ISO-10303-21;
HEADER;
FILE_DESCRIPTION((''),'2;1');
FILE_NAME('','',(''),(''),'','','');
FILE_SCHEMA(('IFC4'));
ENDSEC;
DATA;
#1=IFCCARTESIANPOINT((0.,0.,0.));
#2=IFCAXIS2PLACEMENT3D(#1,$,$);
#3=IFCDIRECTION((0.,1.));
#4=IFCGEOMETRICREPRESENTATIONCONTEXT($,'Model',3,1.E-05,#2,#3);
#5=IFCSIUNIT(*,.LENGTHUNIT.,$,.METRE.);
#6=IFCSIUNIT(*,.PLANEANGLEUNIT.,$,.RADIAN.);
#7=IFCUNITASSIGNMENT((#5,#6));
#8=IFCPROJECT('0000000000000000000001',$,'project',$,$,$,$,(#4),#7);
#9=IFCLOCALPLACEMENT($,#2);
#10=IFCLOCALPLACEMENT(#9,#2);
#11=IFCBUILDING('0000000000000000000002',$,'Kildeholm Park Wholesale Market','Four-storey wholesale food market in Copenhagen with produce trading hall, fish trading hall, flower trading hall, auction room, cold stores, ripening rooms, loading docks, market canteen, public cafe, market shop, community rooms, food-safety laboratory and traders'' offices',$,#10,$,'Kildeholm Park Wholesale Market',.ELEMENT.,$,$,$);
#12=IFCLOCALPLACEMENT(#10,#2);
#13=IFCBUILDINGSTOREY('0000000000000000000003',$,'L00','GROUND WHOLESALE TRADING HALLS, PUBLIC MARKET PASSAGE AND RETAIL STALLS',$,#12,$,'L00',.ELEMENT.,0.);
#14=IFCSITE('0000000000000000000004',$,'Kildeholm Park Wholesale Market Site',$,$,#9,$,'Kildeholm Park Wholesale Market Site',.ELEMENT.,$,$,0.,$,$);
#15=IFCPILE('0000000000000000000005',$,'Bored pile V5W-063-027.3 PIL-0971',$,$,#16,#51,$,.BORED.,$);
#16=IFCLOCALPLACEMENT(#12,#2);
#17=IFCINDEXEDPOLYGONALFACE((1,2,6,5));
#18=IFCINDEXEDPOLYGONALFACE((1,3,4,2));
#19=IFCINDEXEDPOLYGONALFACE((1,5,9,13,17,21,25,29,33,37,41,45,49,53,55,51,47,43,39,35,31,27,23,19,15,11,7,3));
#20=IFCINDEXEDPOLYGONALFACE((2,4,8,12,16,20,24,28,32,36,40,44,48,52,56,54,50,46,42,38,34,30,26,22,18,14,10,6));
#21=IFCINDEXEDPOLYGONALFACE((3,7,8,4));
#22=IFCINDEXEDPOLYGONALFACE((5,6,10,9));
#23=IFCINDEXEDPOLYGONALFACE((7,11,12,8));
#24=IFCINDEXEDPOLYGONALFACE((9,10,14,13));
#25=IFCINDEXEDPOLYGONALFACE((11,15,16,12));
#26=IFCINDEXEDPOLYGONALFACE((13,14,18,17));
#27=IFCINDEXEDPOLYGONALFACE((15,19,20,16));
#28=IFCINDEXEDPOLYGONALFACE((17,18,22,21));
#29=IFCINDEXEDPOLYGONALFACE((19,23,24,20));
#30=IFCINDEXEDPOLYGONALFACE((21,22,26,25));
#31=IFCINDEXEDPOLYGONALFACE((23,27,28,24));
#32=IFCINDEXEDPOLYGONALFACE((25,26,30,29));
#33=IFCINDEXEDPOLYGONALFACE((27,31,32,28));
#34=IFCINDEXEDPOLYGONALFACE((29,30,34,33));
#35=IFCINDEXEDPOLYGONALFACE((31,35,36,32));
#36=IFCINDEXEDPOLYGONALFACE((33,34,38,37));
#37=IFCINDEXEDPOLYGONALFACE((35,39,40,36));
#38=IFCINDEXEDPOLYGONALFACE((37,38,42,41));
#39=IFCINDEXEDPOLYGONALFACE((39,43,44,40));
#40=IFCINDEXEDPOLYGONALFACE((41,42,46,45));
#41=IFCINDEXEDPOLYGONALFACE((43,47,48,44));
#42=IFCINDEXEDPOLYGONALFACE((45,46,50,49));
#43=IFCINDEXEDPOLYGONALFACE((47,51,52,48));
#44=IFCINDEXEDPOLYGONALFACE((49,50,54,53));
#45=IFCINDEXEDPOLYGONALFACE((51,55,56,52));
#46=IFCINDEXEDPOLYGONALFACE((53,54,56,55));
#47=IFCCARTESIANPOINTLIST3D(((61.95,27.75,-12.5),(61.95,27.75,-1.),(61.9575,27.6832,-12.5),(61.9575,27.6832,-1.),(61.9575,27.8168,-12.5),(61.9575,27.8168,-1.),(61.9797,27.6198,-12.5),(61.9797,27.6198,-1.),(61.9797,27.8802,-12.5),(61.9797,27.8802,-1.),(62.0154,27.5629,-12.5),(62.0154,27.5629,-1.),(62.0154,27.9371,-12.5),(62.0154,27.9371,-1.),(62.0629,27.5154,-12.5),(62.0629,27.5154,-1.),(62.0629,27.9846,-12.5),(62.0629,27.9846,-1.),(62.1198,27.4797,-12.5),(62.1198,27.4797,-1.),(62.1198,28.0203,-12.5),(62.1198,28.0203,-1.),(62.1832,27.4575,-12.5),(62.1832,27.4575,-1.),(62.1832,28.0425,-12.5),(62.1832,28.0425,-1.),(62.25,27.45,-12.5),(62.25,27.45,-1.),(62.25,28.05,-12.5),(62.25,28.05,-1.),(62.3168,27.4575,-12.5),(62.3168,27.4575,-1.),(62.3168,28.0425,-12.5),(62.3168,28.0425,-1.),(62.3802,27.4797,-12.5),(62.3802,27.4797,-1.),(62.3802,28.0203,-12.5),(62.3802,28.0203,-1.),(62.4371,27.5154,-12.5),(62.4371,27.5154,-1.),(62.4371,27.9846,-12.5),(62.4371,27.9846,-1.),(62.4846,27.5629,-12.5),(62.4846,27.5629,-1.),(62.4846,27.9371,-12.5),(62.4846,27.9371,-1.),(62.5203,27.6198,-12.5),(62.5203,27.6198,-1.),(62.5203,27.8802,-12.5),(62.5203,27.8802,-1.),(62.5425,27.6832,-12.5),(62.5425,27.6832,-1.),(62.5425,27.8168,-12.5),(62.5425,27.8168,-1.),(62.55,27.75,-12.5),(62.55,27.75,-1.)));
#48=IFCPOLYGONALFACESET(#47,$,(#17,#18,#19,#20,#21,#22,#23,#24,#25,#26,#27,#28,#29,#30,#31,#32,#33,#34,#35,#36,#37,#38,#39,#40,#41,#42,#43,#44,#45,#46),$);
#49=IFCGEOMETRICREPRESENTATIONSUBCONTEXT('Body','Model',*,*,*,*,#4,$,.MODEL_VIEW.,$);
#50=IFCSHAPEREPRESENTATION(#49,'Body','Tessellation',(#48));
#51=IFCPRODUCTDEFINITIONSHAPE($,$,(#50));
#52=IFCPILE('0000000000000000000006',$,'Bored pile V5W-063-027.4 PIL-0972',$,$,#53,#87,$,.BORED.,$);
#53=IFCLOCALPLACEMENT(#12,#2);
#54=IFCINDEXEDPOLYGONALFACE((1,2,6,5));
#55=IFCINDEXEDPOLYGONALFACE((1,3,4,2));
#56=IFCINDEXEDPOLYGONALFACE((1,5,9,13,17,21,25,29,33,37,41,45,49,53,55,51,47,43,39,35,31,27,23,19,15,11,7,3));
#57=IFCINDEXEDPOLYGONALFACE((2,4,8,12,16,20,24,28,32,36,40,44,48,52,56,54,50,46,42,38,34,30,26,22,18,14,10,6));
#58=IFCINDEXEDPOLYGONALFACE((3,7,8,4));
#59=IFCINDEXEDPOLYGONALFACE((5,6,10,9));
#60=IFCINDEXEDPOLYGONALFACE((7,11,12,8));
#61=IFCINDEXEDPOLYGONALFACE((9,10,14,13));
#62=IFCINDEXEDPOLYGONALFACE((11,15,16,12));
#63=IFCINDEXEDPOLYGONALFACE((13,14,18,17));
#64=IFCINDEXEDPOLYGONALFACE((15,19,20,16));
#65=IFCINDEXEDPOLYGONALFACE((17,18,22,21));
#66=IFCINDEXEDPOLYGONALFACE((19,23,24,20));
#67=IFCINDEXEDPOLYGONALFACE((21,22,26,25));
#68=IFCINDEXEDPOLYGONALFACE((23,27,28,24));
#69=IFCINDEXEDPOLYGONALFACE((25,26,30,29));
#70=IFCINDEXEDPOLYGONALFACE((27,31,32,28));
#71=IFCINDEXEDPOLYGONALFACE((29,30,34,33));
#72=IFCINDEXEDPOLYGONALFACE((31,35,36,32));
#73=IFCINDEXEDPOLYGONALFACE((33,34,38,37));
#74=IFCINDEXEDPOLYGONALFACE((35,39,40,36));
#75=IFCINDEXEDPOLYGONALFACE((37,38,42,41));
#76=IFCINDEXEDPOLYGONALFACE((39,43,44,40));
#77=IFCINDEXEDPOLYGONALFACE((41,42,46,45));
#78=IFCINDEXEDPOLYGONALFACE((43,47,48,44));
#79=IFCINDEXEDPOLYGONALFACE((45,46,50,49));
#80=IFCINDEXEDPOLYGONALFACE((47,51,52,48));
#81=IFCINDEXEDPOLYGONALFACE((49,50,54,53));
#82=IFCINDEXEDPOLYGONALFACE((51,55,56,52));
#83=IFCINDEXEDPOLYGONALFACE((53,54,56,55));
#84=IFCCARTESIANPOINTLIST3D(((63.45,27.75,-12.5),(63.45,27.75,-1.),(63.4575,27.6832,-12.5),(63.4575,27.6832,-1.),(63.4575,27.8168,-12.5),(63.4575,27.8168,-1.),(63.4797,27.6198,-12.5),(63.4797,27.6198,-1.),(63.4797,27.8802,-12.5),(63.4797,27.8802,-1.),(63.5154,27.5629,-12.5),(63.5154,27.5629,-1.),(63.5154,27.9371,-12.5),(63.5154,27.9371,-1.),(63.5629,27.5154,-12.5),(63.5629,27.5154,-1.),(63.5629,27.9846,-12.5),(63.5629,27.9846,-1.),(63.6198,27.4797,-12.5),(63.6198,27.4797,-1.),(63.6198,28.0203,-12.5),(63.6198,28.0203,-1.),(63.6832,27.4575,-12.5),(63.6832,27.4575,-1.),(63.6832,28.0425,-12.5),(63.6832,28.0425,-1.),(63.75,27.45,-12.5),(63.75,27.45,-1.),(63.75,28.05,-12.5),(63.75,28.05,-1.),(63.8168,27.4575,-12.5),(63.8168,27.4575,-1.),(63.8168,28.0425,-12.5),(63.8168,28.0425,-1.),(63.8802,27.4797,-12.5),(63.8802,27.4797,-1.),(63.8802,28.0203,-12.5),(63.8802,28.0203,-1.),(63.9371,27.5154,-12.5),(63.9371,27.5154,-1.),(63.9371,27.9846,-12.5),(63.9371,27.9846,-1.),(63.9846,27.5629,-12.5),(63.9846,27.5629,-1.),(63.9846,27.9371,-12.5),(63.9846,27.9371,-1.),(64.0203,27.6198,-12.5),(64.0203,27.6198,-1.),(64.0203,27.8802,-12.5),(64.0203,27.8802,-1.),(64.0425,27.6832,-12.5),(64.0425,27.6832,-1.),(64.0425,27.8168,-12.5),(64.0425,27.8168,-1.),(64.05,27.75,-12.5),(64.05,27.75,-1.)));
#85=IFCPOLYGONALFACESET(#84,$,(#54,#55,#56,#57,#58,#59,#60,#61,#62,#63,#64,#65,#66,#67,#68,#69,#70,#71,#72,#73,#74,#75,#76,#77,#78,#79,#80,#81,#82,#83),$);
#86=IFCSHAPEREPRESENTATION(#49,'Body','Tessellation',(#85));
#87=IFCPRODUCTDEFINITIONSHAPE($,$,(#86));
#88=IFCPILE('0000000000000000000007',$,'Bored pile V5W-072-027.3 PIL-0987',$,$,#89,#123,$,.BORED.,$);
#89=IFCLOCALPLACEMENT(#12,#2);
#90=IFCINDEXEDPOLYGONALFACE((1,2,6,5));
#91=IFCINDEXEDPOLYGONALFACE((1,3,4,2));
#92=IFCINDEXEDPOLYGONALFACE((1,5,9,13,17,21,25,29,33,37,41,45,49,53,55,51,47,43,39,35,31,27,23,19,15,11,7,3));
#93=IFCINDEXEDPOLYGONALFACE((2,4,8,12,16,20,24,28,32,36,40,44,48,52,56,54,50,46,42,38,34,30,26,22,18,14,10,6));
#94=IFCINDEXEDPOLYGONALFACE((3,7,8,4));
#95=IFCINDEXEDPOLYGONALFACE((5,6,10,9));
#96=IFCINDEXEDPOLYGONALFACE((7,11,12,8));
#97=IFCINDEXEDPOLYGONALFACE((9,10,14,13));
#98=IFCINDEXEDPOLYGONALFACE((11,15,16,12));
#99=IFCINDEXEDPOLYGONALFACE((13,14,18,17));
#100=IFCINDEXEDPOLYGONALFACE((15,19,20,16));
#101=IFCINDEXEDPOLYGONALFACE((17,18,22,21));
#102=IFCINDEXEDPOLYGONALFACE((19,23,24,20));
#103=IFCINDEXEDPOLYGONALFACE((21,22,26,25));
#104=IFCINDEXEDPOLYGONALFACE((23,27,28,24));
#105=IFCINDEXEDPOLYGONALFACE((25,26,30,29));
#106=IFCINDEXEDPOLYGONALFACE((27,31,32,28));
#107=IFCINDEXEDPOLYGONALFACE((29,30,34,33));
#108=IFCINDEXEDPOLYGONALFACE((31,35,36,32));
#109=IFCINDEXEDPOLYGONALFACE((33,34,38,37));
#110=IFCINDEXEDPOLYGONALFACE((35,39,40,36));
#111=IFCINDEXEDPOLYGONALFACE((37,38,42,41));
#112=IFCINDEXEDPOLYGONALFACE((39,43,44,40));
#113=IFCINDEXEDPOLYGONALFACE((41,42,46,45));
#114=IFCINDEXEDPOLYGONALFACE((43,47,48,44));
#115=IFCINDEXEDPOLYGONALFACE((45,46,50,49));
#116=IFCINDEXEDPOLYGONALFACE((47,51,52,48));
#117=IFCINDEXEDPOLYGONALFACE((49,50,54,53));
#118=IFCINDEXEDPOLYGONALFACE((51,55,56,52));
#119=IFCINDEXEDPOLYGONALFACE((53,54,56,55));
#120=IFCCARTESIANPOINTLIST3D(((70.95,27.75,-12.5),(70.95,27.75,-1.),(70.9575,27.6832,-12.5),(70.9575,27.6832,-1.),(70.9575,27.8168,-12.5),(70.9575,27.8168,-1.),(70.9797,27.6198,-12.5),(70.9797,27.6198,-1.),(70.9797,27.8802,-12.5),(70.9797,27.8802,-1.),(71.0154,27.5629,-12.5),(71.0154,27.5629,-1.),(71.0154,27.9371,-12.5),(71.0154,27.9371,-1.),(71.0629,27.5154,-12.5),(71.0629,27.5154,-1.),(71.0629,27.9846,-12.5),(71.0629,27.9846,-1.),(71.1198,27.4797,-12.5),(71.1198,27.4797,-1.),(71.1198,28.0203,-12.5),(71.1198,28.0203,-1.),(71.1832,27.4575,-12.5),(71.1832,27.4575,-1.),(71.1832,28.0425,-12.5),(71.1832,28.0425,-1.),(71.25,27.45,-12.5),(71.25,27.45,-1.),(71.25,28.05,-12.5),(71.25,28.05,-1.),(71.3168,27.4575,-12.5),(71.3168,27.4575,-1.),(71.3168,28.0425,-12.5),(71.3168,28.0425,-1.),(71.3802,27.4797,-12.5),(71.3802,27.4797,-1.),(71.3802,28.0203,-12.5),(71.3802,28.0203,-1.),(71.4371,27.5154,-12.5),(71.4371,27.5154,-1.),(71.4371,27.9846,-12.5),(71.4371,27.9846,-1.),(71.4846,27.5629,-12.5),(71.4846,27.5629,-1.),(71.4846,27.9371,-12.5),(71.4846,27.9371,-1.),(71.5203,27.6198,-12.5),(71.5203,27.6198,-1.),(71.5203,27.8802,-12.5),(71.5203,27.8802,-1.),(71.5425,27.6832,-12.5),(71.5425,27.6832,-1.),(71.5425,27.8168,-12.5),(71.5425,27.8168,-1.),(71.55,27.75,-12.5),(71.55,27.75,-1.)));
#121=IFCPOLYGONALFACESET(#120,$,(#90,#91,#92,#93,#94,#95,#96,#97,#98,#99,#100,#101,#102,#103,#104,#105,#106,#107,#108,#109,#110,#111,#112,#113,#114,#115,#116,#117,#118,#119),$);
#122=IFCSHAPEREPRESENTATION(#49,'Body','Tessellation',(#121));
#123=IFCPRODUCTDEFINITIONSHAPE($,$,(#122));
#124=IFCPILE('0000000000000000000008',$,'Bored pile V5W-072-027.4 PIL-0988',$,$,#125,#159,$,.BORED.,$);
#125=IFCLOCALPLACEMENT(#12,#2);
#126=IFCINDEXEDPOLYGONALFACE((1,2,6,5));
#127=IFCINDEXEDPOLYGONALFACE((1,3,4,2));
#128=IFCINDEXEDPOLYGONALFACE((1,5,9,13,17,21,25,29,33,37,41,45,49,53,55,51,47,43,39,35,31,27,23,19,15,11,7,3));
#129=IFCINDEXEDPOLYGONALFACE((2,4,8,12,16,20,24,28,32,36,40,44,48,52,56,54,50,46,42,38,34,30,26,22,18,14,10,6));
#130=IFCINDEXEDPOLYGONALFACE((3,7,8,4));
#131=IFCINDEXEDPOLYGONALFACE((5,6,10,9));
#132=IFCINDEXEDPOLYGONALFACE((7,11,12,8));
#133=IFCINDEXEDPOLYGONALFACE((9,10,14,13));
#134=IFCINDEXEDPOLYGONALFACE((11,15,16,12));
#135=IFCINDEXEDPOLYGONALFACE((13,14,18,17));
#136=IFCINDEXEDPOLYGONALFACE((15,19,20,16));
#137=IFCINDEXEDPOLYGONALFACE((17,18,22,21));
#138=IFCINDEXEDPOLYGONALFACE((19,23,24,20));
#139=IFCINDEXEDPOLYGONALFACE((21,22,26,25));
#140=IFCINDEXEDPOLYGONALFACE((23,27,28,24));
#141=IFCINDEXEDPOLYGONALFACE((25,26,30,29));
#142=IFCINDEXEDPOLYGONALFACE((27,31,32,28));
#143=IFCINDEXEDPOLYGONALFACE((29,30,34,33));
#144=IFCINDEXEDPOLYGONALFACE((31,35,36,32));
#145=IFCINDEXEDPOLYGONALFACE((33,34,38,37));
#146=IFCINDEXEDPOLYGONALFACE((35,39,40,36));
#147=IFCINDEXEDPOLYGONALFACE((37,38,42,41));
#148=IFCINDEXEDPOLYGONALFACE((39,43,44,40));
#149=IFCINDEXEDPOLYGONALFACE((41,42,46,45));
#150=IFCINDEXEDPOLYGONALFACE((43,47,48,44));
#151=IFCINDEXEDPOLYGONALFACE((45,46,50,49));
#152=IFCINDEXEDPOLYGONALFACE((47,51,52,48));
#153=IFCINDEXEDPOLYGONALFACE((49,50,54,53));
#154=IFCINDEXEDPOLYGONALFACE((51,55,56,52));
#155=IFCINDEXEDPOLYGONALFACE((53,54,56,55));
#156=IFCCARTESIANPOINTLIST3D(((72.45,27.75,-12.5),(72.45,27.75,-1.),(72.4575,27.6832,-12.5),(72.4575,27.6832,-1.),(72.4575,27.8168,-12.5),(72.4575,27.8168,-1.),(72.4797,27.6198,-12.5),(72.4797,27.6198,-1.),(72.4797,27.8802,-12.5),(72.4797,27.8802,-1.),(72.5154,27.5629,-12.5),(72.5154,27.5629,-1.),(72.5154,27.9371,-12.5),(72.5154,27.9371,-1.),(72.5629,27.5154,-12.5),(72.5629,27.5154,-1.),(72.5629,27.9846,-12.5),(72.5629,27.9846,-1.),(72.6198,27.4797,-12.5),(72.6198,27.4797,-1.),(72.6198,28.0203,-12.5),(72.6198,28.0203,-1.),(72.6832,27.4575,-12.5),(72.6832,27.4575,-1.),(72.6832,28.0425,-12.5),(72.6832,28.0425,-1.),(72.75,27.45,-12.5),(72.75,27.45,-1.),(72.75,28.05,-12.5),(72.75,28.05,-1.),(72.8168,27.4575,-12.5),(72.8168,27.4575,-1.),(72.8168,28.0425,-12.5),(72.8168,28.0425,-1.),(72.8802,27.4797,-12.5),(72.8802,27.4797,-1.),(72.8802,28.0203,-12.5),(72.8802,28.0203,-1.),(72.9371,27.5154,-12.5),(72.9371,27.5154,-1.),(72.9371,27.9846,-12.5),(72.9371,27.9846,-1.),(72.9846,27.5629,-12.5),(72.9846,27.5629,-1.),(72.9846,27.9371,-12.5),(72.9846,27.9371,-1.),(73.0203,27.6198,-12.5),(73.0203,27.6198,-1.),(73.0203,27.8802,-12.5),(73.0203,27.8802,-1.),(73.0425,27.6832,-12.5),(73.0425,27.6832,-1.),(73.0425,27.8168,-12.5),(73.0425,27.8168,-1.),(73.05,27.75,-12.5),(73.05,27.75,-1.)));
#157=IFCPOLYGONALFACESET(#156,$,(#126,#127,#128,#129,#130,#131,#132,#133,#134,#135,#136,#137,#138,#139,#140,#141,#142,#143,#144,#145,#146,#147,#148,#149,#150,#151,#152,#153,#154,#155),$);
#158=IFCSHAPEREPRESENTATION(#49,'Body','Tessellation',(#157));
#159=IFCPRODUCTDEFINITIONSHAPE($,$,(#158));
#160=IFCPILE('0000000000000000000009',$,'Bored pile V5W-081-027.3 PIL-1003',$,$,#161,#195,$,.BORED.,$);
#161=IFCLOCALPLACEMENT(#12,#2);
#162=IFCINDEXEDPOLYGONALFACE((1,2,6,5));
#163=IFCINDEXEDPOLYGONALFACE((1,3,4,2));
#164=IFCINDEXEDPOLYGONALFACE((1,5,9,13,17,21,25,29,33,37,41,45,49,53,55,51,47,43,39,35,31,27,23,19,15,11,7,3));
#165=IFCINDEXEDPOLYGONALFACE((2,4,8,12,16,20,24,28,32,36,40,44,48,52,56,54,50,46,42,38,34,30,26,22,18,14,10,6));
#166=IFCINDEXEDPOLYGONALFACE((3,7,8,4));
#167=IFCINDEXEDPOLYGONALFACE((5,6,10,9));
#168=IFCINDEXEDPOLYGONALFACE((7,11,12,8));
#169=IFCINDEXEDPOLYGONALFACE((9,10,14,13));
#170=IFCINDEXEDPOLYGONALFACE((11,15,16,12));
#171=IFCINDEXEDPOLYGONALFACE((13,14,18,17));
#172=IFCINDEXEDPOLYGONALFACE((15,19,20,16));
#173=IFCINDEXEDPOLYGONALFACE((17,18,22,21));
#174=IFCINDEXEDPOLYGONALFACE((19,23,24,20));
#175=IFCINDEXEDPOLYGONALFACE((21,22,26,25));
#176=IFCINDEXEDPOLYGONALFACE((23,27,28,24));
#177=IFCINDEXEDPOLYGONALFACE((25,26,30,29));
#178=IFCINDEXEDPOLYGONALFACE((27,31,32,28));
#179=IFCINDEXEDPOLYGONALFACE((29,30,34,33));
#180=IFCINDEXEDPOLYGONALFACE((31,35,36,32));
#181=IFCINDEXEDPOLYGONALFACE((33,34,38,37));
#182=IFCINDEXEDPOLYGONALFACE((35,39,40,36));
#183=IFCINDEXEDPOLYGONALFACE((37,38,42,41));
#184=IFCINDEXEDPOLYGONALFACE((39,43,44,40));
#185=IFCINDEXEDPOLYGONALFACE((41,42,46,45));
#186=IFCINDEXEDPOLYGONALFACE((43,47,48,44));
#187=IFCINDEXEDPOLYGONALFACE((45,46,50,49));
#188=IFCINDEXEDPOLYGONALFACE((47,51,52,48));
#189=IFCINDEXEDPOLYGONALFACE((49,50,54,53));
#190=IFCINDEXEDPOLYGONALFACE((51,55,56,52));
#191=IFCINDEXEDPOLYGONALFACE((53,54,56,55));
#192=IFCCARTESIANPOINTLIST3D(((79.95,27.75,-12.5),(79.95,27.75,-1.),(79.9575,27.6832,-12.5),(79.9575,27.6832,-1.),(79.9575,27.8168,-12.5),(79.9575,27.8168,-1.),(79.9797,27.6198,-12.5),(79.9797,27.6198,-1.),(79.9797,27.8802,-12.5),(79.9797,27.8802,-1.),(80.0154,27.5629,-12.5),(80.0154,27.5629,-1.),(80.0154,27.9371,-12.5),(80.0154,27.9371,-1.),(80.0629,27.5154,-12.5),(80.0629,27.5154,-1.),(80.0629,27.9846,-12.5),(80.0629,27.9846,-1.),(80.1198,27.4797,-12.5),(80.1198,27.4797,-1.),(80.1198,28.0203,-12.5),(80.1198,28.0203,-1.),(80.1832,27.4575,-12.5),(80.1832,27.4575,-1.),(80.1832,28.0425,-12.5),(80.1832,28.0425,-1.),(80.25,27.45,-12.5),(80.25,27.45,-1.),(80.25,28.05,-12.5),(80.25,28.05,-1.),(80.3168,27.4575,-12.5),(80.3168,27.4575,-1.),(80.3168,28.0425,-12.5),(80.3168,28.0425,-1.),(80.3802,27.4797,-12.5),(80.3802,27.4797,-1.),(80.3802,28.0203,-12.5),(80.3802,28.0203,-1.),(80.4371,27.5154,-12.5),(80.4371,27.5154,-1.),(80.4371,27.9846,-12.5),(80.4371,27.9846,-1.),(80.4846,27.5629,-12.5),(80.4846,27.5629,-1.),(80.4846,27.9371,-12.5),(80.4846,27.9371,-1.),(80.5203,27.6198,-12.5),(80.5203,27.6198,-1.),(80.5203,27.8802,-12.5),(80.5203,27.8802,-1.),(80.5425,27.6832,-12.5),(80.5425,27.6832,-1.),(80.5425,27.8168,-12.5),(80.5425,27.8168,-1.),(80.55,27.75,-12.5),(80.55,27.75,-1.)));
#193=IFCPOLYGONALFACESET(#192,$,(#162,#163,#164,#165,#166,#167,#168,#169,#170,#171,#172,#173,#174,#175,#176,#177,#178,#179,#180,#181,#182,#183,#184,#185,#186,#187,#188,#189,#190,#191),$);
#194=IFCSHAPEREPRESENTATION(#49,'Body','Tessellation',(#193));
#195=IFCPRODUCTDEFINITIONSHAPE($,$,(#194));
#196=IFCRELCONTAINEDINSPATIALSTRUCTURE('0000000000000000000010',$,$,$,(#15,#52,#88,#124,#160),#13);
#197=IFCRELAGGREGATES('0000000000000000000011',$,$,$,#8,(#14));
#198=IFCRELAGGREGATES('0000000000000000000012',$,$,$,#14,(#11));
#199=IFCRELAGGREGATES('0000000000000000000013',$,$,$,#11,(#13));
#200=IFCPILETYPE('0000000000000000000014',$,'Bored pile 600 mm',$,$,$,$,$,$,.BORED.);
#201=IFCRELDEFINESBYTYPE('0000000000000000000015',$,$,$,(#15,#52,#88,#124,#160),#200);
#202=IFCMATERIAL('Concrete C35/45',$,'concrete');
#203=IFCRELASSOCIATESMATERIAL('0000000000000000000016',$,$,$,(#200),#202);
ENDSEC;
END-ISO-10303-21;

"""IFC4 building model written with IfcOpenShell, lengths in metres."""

from ifc_helpers import new_model, si_unit, direction, frame, origin, origin_2d, place, context, subcontext, project, spatial, circle, extrude, material, material_profile, profile_set, type_object, element, save


model = new_model("IFC4")

# Units and contexts
model_context = context("Model", 3, precision=1e-05, world=origin(), true_north=direction((0.0, 1.0)))
body_context = subcontext(model_context, "Body", "Model", "MODEL_VIEW")
ifc_project = project(units=[si_unit("LENGTHUNIT", "METRE"), si_unit("PLANEANGLEUNIT", "RADIAN")], contexts=[model_context])

# Site, building, storey
site_placement = place(None, origin())
site = spatial("IfcSite", under=ifc_project, at=site_placement, Name="Kildeholm Park Wholesale Market Site", LongName="Kildeholm Park Wholesale Market Site", CompositionType="ELEMENT", RefElevation=0.0)
building_placement = place(site_placement, origin())
building = spatial("IfcBuilding", under=site, at=building_placement, Name="Kildeholm Park Wholesale Market", Description="Four-storey wholesale food market in Copenhagen with produce trading hall, fish trading hall, flower trading hall, auction room, cold stores, ripening rooms, loading docks, market canteen, public cafe, market shop, community rooms, food-safety laboratory and traders' offices", LongName="Kildeholm Park Wholesale Market", CompositionType="ELEMENT")
storey_placement = place(building_placement, origin())
storey = spatial("IfcBuildingStorey", under=building, at=storey_placement, Name="L00", Description="GROUND WHOLESALE TRADING HALLS, PUBLIC MARKET PASSAGE AND RETAIL STALLS", LongName="L00", CompositionType="ELEMENT", Elevation=0.0)

# Piles
ifc_material_1 = material(Name="Concrete C35/45", Category="concrete")
ifc_material_profile_1 = material_profile(ifc_material_1, circle(Radius=0.3, at=origin_2d()), Name="PILE D600")
ifc_profile_set_1 = profile_set([ifc_material_profile_1], Name="Concrete C35/45")
pile_type = type_object("IfcPileType", Name="Bored pile 600 mm", PredefinedType="BORED", material=ifc_profile_set_1)
for number, where, z_axis, x_axis, name in (
    (1, (62.25, 27.75, -1.0), (0.0, 0.0, -1.0), (1.0, 0.0, 0.0), "Bored pile V5W-063-027.3 PIL-0971"),
    (2, (63.75, 27.75, -1.0), (0.0, 0.0, -1.0), (1.0, 0.0, 0.0), "Bored pile V5W-063-027.4 PIL-0972"),
    (3, (71.25, 27.75, -1.0), (0.0, 0.0, -1.0), (1.0, 0.0, 0.0), "Bored pile V5W-072-027.3 PIL-0987"),
    (4, (72.75, 27.75, -1.0), (0.0, 0.0, -1.0), (1.0, 0.0, 0.0), "Bored pile V5W-072-027.4 PIL-0988"),
    (5, (80.25, 27.75, -1.0), (0.0, 0.0, -1.0), (1.0, 0.0, 0.0), "Bored pile V5W-081-027.3 PIL-1003"),
):
    element("IfcPile", number, at=place(storey_placement, frame(where, z_axis=z_axis, x_axis=x_axis)), inside=storey, type_object=pile_type, Name=name, PredefinedType="BORED", context=body_context, shape_type="SweptSolid", body=[
        extrude(circle(Radius=0.3, at=origin_2d()), origin(), (0.0, 0.0, 1.0), 11.5),
    ])

save(model, "model.ifc")
